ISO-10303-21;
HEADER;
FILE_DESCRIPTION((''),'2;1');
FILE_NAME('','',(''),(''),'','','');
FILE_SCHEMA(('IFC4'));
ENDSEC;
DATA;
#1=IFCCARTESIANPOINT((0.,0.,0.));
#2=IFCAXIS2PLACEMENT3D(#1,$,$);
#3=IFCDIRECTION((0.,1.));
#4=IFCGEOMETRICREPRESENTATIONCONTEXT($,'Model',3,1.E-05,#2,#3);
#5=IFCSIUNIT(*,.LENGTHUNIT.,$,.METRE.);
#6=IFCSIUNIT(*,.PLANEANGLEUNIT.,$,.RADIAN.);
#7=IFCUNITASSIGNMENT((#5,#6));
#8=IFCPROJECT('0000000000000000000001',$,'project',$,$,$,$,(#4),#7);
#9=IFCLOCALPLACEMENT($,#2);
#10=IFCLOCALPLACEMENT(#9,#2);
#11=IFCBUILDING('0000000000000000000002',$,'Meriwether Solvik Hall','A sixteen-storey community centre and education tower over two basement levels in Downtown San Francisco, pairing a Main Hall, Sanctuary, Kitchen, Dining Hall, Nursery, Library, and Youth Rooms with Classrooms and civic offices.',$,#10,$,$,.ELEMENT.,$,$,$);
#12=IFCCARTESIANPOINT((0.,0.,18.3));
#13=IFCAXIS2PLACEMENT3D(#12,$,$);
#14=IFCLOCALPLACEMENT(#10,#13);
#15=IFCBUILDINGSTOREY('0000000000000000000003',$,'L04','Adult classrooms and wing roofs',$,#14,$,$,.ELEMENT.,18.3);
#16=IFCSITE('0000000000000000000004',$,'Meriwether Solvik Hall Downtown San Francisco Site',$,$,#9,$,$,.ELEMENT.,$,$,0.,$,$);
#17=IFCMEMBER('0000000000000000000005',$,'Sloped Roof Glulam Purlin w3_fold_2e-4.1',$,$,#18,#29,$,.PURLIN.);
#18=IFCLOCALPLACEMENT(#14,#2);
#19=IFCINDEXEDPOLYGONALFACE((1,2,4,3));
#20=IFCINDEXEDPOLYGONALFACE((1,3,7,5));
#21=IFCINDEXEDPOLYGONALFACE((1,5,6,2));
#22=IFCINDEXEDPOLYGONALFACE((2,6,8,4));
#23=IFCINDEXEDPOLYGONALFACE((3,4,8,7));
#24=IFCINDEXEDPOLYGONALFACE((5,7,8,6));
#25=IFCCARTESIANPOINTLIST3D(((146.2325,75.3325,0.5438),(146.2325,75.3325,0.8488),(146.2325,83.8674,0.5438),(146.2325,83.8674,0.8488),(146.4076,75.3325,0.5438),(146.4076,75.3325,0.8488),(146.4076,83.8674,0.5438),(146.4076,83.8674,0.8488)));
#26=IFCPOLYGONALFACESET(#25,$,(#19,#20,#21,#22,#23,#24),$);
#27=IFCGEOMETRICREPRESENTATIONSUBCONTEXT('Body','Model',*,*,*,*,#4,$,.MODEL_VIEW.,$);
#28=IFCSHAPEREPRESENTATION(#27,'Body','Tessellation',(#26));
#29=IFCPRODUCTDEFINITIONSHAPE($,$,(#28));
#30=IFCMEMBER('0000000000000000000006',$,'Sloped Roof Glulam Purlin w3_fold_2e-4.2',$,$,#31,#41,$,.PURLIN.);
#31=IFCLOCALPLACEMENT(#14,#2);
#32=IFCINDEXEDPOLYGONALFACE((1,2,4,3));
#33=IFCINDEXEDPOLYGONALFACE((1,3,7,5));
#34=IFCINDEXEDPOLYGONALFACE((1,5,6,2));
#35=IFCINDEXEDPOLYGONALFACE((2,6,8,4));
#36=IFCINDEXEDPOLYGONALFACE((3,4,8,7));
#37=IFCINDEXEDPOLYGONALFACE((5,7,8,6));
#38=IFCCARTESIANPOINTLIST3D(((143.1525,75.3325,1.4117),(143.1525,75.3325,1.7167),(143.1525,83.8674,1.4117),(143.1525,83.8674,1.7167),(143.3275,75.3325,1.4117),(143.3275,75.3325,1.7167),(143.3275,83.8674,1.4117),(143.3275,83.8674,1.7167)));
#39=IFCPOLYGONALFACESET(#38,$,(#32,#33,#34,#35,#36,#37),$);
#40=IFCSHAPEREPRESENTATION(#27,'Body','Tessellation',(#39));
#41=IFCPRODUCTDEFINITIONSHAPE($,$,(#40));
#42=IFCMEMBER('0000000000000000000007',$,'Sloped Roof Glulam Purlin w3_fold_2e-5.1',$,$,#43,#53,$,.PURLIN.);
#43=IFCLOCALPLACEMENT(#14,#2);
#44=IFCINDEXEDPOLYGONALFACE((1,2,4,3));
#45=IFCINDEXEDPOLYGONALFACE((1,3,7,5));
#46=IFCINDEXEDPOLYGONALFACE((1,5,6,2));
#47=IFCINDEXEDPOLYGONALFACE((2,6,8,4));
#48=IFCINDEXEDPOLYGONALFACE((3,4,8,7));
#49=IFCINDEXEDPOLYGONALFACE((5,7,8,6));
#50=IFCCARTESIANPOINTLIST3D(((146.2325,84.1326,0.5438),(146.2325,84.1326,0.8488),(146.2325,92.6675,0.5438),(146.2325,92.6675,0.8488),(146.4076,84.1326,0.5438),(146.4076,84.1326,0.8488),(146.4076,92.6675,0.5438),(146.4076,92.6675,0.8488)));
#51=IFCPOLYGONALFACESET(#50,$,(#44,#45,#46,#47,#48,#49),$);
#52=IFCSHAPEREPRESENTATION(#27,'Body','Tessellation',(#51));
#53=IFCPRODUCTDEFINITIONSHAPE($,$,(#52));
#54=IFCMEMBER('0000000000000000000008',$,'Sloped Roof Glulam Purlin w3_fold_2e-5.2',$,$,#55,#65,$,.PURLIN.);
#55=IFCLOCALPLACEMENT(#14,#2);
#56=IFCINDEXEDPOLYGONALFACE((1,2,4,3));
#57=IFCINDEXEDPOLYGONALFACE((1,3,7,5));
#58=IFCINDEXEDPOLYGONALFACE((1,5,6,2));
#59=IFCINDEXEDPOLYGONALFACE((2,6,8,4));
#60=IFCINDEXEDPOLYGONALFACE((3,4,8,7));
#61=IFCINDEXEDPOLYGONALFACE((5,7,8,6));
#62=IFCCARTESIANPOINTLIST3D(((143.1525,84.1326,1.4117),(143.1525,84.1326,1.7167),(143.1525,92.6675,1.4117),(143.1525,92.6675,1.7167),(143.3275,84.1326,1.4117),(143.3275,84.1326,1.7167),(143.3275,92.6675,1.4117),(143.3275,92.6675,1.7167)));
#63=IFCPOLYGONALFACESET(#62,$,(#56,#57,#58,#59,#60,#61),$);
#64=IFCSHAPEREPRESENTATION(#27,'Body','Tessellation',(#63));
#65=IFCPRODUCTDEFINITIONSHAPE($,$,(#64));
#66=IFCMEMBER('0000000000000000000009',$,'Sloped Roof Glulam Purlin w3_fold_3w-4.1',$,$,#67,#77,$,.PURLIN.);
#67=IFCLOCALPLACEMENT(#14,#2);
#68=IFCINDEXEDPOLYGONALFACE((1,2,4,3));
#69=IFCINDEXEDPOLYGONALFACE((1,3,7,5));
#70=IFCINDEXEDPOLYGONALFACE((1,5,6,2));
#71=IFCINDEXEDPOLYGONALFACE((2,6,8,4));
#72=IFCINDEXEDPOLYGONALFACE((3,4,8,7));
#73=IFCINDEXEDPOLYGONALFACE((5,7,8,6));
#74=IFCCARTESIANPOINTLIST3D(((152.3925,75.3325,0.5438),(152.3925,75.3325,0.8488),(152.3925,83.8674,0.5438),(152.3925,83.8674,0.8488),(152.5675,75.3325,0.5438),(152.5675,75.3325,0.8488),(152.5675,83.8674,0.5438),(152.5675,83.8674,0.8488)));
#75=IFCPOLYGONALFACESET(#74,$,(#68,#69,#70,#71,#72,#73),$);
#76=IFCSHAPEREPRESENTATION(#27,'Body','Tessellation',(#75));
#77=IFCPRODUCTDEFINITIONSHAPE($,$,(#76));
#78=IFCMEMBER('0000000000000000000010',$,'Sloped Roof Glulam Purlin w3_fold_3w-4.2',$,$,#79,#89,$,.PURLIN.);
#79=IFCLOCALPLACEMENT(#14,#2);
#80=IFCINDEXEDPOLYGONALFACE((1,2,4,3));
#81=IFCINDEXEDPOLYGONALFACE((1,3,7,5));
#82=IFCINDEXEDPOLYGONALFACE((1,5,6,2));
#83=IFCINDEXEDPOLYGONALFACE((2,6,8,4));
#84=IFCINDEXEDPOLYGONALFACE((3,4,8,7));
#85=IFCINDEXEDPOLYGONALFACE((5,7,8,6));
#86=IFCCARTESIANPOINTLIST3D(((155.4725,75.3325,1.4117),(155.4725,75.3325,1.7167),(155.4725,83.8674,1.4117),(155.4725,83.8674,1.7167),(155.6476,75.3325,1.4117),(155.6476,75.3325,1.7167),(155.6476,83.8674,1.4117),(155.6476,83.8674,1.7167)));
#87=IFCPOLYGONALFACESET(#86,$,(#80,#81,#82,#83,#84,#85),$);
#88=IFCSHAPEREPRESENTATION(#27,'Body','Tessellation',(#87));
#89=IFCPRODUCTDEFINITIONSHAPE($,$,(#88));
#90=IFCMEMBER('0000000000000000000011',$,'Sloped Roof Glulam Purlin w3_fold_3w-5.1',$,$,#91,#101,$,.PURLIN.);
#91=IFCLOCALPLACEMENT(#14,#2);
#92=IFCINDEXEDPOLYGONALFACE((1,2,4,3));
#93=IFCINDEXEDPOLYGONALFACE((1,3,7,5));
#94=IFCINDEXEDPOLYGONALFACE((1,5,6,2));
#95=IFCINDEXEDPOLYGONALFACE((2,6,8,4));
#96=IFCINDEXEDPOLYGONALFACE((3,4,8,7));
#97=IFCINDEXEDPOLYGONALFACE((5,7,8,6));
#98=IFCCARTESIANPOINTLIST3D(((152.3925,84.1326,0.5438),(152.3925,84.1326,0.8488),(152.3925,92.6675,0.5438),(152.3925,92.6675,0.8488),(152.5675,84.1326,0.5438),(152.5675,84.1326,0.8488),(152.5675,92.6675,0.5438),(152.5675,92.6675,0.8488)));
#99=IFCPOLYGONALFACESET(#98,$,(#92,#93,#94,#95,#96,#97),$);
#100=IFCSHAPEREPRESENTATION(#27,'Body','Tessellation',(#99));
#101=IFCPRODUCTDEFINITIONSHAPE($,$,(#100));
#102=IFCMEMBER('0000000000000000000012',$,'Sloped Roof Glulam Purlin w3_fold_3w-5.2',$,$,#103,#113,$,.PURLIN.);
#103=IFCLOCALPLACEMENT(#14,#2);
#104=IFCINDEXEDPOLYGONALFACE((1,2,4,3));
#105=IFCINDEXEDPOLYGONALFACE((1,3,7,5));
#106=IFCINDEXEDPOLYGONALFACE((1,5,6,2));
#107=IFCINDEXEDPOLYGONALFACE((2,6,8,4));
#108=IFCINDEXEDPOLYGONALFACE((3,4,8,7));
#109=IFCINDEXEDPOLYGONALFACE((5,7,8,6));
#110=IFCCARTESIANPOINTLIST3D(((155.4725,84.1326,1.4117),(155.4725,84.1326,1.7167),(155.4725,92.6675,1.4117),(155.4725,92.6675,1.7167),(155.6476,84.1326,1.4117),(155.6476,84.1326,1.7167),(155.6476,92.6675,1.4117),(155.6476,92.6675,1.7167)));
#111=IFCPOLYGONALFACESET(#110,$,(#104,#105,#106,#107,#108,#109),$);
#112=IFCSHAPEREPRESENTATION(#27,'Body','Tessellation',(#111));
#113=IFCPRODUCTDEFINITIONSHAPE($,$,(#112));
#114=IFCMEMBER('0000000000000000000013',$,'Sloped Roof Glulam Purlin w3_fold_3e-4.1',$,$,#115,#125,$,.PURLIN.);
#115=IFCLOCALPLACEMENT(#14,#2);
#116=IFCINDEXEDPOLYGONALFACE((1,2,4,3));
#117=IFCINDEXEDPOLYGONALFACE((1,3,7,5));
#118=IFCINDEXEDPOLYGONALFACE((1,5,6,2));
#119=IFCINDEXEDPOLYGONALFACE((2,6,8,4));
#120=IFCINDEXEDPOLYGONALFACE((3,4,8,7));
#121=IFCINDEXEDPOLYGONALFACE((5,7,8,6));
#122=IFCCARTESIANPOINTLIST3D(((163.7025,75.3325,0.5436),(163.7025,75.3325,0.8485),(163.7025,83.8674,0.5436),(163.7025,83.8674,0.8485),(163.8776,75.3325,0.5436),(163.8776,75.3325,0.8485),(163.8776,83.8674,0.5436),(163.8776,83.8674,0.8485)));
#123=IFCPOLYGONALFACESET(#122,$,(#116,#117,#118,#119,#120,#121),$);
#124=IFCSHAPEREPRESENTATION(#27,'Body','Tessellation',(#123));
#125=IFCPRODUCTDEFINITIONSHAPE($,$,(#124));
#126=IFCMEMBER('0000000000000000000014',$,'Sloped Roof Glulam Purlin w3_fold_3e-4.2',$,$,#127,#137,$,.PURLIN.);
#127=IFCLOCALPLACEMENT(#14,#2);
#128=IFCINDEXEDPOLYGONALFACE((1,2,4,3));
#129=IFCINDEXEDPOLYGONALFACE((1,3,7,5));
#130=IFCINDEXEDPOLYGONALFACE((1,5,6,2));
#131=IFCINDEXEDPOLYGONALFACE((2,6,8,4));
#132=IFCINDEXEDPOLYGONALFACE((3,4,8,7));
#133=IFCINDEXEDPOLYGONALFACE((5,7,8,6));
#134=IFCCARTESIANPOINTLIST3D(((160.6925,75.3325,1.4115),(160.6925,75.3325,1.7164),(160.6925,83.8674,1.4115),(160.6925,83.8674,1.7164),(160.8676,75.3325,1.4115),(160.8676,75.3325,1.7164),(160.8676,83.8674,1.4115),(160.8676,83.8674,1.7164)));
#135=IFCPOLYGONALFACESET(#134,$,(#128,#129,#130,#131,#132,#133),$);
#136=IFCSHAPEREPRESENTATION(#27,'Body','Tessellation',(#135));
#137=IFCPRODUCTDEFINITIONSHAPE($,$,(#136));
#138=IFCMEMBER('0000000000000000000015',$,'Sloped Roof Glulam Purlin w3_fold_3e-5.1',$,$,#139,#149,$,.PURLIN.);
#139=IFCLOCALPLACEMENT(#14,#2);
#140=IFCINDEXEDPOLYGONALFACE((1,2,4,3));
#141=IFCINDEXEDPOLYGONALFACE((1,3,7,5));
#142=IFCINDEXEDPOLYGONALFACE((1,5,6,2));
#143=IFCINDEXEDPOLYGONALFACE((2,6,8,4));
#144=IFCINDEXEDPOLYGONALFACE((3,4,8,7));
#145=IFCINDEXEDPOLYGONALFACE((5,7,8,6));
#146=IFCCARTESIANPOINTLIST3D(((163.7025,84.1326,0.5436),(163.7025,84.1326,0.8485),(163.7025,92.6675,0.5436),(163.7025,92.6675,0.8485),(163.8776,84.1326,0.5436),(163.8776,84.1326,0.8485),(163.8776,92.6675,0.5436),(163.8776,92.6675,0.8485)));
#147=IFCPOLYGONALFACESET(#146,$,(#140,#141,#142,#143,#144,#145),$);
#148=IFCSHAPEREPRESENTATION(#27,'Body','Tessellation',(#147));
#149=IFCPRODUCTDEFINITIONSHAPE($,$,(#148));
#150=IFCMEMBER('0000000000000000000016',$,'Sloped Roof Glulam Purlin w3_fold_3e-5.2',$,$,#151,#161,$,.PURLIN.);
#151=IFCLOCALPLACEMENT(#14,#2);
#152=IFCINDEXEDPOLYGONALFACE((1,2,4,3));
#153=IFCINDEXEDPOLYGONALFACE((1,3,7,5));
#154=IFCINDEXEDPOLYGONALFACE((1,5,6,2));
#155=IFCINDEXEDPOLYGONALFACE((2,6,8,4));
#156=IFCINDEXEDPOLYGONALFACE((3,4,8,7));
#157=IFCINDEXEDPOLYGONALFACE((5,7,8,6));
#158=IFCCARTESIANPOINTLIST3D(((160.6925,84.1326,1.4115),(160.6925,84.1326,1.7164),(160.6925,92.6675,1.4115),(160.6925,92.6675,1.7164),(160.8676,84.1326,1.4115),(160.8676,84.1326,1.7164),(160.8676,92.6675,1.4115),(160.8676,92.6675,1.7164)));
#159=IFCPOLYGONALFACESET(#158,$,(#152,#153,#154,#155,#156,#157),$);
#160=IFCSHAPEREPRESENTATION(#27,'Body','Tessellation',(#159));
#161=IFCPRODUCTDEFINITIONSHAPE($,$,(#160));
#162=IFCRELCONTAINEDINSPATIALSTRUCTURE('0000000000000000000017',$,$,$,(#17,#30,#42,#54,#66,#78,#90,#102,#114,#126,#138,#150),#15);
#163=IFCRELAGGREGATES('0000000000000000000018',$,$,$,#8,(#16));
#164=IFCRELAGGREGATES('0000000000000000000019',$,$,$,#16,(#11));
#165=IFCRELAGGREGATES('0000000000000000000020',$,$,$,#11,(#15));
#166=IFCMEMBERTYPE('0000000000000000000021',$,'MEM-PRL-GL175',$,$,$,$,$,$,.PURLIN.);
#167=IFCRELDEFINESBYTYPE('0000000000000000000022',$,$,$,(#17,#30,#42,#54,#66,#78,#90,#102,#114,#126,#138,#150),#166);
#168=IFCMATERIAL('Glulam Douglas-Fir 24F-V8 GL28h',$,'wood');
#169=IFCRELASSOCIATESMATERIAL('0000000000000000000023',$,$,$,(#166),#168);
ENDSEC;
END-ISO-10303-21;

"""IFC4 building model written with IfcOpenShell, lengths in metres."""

from ifc_helpers import new_model, si_unit, direction, frame, origin, origin_2d, place, context, subcontext, project, spatial, rectangle, extrude, material, material_profile, profile_set, type_object, element, save


model = new_model("IFC4")

# Units and contexts
model_context = context("Model", 3, precision=1e-05, world=origin(), true_north=direction((0.0, 1.0)))
body_context = subcontext(model_context, "Body", "Model", "MODEL_VIEW")
ifc_project = project(units=[si_unit("LENGTHUNIT", "METRE"), si_unit("PLANEANGLEUNIT", "RADIAN")], contexts=[model_context])

# Site, building, storey
site_placement = place(None, origin())
site = spatial("IfcSite", under=ifc_project, at=site_placement, Name="Meriwether Solvik Hall Downtown San Francisco Site", CompositionType="ELEMENT", RefElevation=0.0)
building_placement = place(site_placement, origin())
building = spatial("IfcBuilding", under=site, at=building_placement, Name="Meriwether Solvik Hall", Description="A sixteen-storey community centre and education tower over two basement levels in Downtown San Francisco, pairing a Main Hall, Sanctuary, Kitchen, Dining Hall, Nursery, Library, and Youth Rooms with Classrooms and civic offices.", CompositionType="ELEMENT")
storey_placement = place(building_placement, frame((0.0, 0.0, 18.3)))
storey = spatial("IfcBuildingStorey", under=building, at=storey_placement, Name="L04", Description="Adult classrooms and wing roofs", CompositionType="ELEMENT", Elevation=18.3)

# Members
ifc_material_1 = material(Name="Glulam Douglas-Fir 24F-V8 GL28h", Category="wood")
ifc_material_profile_1 = material_profile(ifc_material_1, rectangle(XDim=0.175, YDim=0.3049, at=origin_2d()), Name="GLM-175X305")
ifc_profile_set_1 = profile_set([ifc_material_profile_1], Name="Glulam Douglas-Fir 24F-V8 GL28h")
member_type = type_object("IfcMemberType", Name="MEM-PRL-GL175", PredefinedType="PURLIN", material=ifc_profile_set_1)
for number, where, z_axis, x_axis, name in (
    (1, (146.3201, 75.3325, 0.6963), (0.0, 1.0, 0.0), (-1.0, 0.0, 0.0), "Sloped Roof Glulam Purlin w3_fold_2e-4.1"),
    (2, (143.24, 75.3325, 1.5642), (0.0, 1.0, 0.0), (-1.0, 0.0, 0.0), "Sloped Roof Glulam Purlin w3_fold_2e-4.2"),
    (3, (146.3201, 84.1326, 0.6963), (0.0, 1.0, 0.0), (-1.0, 0.0, 0.0), "Sloped Roof Glulam Purlin w3_fold_2e-5.1"),
    (4, (143.24, 84.1326, 1.5642), (0.0, 1.0, 0.0), (-1.0, 0.0, 0.0), "Sloped Roof Glulam Purlin w3_fold_2e-5.2"),
    (5, (152.48, 75.3325, 0.6963), (0.0, 1.0, 0.0), (-1.0, 0.0, 0.0), "Sloped Roof Glulam Purlin w3_fold_3w-4.1"),
    (6, (155.5601, 75.3325, 1.5642), (0.0, 1.0, 0.0), (-1.0, 0.0, 0.0), "Sloped Roof Glulam Purlin w3_fold_3w-4.2"),
    (7, (152.48, 84.1326, 0.6963), (0.0, 1.0, 0.0), (-1.0, 0.0, 0.0), "Sloped Roof Glulam Purlin w3_fold_3w-5.1"),
    (8, (155.5601, 84.1326, 1.5642), (0.0, 1.0, 0.0), (-1.0, 0.0, 0.0), "Sloped Roof Glulam Purlin w3_fold_3w-5.2"),
    (9, (163.79, 75.3325, 0.696), (0.0, 1.0, 0.0), (-1.0, 0.0, 0.0), "Sloped Roof Glulam Purlin w3_fold_3e-4.1"),
    (10, (160.78, 75.3325, 1.564), (0.0, 1.0, 0.0), (-1.0, 0.0, 0.0), "Sloped Roof Glulam Purlin w3_fold_3e-4.2"),
    (11, (163.79, 84.1326, 0.696), (0.0, 1.0, 0.0), (-1.0, 0.0, 0.0), "Sloped Roof Glulam Purlin w3_fold_3e-5.1"),
    (12, (160.78, 84.1326, 1.564), (0.0, 1.0, 0.0), (-1.0, 0.0, 0.0), "Sloped Roof Glulam Purlin w3_fold_3e-5.2"),
):
    element("IfcMember", number, at=place(storey_placement, frame(where, z_axis=z_axis, x_axis=x_axis)), inside=storey, type_object=member_type, Name=name, PredefinedType="PURLIN", context=body_context, shape_type="SweptSolid", body=[
        extrude(rectangle(XDim=0.175, YDim=0.3049, at=origin_2d()), origin(), (0.0, 0.0, 1.0), 8.5349),
    ])

save(model, "model.ifc")
